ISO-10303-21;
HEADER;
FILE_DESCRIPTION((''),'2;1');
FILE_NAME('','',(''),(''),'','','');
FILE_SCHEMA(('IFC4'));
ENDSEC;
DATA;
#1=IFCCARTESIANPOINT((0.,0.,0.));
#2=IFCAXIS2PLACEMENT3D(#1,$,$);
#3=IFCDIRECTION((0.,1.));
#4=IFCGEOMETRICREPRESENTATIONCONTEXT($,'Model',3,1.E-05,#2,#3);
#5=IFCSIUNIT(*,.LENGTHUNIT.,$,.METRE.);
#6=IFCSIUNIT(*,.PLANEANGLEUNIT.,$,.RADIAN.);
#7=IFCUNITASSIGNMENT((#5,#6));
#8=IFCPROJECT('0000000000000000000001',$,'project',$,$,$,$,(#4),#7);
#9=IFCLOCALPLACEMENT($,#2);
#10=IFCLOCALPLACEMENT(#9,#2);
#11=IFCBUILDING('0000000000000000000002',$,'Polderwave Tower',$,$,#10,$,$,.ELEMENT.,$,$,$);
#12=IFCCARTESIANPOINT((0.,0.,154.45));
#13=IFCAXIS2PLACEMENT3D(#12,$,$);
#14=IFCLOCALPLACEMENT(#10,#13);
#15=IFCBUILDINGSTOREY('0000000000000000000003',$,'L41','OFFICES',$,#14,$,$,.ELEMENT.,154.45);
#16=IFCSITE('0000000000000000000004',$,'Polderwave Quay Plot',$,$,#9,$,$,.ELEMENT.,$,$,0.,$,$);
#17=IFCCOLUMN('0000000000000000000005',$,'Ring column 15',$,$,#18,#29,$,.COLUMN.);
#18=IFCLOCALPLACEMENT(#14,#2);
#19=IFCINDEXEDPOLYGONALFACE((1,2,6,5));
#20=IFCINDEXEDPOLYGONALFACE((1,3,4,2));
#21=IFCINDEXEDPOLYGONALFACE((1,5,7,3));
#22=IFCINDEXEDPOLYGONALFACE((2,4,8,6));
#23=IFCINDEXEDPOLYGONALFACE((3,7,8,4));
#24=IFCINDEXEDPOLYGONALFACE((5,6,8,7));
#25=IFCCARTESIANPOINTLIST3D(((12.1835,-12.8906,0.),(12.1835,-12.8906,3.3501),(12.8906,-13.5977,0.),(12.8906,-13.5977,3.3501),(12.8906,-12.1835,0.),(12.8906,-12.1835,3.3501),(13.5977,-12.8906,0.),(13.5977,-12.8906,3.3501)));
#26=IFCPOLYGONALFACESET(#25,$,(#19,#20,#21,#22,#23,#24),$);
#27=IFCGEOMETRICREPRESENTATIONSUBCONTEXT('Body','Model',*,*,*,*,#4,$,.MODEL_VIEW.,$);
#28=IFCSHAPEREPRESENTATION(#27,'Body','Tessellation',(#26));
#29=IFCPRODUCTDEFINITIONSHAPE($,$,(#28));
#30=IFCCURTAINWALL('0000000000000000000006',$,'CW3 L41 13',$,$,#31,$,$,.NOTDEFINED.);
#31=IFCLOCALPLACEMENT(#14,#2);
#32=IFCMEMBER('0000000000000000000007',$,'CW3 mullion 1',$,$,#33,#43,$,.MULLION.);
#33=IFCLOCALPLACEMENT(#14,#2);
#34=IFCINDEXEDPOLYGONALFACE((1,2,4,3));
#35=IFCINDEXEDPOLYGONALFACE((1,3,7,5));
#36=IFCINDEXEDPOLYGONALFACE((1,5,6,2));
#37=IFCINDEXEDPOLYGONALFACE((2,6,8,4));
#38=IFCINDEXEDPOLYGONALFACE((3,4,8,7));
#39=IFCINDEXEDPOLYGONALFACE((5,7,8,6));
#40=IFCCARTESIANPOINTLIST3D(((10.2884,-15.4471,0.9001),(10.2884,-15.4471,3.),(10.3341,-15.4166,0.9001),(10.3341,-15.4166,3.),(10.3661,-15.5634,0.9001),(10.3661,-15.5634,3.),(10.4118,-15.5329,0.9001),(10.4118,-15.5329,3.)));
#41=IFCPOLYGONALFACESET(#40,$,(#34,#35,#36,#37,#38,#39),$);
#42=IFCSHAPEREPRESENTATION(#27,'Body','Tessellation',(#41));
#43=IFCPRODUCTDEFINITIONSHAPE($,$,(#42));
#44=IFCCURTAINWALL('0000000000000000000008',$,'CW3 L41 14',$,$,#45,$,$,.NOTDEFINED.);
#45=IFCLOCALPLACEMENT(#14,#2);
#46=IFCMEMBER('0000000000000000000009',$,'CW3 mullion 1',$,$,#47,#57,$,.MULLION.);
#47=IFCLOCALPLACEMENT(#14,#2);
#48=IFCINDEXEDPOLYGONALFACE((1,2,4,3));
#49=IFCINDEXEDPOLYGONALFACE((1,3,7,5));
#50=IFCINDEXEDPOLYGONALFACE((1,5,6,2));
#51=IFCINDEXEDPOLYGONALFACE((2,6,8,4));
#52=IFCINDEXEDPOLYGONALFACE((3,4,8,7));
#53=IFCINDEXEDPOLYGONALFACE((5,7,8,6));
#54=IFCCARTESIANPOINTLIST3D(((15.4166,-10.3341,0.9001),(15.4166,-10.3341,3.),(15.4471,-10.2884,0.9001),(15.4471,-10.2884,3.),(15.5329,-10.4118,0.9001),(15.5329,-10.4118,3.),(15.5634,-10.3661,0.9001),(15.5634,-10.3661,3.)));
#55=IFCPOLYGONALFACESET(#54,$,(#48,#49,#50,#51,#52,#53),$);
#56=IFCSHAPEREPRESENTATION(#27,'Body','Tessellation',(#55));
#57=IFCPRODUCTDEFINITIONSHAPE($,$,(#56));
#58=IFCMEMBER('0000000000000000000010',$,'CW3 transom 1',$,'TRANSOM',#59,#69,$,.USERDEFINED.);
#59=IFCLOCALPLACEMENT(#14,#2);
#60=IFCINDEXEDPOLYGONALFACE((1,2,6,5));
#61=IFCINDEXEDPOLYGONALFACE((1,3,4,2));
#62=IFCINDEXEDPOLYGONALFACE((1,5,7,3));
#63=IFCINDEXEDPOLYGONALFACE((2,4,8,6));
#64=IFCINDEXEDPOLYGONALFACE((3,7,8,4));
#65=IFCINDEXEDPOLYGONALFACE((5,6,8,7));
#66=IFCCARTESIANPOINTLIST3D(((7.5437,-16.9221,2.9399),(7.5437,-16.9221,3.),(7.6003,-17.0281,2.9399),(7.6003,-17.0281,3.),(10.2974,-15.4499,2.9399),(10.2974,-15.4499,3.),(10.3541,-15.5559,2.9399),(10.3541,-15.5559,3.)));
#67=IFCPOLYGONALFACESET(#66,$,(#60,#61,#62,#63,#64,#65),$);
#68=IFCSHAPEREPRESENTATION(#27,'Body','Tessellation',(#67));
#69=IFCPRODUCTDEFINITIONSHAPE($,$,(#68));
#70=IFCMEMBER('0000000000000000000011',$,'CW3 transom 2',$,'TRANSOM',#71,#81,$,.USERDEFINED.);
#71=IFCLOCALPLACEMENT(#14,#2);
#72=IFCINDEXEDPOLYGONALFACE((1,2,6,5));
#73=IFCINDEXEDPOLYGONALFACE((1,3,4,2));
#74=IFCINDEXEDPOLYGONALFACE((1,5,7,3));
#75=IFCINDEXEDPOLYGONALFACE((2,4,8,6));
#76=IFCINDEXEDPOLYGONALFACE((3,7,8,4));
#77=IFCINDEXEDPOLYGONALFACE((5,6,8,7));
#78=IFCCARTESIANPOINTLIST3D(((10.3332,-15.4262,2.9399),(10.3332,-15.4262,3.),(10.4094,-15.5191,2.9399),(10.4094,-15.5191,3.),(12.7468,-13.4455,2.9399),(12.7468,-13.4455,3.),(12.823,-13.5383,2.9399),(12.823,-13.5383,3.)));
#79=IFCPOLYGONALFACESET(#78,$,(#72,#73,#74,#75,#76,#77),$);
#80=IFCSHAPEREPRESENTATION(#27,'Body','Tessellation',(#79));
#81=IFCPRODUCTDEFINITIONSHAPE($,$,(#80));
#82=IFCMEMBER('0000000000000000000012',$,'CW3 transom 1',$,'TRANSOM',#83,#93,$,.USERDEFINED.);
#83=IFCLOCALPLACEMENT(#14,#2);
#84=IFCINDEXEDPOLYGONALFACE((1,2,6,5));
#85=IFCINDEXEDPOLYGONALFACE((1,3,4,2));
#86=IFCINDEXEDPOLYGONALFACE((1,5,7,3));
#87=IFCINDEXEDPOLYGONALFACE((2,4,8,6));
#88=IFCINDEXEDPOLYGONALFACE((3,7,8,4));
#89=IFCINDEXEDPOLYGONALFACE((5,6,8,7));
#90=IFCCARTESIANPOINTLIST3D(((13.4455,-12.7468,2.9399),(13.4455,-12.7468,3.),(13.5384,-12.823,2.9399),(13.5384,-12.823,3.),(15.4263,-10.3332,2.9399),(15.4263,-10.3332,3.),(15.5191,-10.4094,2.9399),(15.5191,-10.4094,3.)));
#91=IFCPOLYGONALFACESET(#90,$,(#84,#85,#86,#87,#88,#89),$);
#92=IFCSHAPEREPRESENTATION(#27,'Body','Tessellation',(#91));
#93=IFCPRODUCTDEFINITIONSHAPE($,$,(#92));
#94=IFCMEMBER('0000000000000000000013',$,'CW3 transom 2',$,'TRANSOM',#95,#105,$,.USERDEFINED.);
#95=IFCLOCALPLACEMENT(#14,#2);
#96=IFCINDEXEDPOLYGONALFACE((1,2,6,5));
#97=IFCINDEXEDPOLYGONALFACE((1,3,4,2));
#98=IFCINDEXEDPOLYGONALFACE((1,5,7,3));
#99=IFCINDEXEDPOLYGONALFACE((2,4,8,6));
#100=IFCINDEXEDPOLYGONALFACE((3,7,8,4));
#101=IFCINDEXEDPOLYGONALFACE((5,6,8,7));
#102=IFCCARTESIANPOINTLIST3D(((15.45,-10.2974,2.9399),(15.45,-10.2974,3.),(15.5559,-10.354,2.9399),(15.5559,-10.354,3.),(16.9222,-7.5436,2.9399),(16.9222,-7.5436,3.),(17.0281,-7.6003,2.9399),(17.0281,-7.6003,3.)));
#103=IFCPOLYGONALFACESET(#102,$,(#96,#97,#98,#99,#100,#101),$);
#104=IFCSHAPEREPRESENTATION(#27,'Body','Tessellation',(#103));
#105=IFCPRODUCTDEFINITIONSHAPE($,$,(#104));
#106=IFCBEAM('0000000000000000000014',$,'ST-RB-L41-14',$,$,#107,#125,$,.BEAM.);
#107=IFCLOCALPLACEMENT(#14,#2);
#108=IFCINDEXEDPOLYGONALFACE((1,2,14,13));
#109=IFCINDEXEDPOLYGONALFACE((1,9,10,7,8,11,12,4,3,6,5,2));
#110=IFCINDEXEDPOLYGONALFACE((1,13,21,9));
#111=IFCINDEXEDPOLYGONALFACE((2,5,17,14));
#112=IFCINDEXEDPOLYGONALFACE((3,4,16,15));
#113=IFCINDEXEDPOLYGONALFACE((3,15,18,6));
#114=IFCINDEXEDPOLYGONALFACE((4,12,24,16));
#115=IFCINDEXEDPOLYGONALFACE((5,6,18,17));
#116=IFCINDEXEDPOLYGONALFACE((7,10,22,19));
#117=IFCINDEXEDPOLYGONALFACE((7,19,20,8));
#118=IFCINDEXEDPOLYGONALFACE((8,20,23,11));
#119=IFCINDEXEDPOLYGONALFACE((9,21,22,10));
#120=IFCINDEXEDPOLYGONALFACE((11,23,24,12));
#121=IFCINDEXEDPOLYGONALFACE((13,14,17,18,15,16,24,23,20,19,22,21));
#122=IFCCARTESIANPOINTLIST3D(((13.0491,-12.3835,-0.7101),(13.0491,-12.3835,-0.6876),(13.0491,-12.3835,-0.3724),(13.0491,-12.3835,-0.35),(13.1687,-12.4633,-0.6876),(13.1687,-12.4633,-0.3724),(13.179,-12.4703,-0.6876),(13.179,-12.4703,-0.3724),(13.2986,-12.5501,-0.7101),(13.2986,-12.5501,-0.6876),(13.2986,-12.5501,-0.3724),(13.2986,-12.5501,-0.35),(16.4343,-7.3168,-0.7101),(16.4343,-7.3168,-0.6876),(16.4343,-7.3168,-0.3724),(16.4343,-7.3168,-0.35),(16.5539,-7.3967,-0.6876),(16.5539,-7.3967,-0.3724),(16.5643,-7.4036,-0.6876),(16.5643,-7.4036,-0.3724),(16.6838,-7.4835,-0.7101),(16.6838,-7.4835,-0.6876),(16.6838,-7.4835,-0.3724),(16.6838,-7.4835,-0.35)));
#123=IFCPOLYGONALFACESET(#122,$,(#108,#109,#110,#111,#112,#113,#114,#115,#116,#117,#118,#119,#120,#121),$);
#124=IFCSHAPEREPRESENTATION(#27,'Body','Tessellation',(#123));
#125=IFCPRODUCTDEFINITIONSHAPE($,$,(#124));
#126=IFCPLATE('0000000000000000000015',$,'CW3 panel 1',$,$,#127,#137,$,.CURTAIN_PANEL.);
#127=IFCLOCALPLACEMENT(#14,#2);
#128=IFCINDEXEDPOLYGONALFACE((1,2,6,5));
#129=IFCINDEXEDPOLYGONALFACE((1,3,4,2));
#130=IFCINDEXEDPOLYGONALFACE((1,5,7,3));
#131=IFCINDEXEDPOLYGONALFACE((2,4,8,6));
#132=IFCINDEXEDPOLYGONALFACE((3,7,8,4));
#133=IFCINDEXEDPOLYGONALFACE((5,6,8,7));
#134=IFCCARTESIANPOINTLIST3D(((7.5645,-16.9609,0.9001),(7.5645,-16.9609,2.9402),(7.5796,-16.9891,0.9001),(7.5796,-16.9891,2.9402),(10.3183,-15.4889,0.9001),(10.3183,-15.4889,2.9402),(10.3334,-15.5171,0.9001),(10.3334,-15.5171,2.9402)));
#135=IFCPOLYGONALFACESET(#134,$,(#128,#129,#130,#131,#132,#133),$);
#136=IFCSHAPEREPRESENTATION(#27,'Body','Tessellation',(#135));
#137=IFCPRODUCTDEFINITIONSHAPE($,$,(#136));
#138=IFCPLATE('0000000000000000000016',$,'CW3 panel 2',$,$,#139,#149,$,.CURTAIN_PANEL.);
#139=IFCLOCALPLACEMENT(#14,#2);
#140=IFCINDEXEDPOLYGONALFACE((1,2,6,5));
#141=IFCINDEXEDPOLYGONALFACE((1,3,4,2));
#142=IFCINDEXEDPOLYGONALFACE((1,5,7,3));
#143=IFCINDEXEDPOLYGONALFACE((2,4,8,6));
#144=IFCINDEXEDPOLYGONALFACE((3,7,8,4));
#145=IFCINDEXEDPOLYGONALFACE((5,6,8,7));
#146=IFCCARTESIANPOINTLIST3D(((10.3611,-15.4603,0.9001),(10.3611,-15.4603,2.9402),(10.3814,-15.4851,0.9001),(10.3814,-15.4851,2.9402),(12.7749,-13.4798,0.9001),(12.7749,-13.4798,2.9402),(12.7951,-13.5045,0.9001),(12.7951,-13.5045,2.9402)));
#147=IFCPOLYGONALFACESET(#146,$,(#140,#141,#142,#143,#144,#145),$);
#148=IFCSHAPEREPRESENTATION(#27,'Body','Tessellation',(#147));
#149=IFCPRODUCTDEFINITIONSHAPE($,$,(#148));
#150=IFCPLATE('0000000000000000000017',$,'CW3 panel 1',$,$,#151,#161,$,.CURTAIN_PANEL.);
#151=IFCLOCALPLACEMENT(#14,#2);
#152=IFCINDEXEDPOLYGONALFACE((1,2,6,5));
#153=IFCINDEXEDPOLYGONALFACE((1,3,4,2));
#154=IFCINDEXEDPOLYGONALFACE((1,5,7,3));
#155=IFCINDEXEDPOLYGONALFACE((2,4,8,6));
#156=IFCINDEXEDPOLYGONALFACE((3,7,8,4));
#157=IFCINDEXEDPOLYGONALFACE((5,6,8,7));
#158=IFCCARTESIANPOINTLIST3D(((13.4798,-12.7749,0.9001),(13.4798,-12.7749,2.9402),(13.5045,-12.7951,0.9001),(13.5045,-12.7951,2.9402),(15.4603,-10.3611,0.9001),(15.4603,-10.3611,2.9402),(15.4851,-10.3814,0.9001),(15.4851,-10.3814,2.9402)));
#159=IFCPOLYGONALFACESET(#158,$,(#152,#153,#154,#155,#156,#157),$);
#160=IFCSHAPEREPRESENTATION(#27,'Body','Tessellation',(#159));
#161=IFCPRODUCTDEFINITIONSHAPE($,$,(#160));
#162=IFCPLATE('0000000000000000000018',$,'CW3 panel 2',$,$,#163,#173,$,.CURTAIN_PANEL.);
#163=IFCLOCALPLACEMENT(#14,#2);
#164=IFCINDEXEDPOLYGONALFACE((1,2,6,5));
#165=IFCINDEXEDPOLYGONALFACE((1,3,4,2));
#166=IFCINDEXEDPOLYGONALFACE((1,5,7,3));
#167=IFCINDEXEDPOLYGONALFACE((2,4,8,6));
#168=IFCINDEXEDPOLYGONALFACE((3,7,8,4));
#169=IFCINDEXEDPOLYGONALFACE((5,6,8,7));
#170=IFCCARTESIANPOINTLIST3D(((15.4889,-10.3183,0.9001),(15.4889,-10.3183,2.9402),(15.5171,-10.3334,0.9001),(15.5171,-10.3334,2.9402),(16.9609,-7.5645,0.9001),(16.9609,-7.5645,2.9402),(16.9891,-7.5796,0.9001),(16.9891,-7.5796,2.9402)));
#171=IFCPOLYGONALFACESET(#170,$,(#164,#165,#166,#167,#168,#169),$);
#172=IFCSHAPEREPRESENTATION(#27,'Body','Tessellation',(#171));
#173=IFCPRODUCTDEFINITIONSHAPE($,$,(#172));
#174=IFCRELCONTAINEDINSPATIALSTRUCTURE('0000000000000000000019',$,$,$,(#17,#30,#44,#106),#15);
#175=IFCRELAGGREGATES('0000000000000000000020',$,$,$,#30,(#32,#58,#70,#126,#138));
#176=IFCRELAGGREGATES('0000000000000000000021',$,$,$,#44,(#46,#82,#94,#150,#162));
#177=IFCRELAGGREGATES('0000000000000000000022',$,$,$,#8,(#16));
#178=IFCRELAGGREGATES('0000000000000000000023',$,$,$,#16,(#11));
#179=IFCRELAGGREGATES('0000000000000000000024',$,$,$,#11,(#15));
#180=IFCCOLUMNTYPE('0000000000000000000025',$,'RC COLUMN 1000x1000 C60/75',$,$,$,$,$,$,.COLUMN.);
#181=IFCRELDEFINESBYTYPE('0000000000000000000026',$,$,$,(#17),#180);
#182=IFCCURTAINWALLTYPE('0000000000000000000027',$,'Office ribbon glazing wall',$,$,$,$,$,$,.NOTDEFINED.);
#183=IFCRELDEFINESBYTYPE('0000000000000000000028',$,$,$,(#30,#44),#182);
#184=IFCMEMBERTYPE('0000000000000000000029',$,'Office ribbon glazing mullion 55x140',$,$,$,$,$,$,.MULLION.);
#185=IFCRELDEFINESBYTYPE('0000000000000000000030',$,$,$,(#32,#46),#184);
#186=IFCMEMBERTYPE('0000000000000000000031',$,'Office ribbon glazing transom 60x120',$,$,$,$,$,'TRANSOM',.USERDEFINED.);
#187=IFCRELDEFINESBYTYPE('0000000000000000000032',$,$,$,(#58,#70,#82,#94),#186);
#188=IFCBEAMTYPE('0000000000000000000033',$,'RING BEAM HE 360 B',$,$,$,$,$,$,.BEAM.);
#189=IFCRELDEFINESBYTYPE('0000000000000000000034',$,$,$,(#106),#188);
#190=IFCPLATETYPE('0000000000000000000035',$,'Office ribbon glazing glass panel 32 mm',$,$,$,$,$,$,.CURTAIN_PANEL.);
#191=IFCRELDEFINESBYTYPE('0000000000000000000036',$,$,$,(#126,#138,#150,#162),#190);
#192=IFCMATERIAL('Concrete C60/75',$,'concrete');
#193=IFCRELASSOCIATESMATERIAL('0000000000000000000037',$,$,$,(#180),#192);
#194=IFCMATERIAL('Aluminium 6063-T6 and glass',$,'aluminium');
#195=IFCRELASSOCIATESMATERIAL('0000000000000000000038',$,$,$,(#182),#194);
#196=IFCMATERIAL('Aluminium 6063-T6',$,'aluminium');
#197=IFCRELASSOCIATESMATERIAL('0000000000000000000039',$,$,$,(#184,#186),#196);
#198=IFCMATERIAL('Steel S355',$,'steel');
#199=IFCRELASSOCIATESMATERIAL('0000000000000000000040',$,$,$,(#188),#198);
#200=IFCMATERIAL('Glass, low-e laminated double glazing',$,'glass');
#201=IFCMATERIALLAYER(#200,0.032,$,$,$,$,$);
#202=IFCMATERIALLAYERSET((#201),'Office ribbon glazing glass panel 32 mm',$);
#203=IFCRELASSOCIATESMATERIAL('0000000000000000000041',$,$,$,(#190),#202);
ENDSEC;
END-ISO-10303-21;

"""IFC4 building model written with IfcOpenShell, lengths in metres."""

from ifc_helpers import new_model, si_unit, direction, frame, origin, origin_2d, place, context, subcontext, project, spatial, rectangle, i_section, extrude, material, layer, layer_set, material_profile, profile_set, type_object, element, aggregate, save


model = new_model("IFC4")

# Units and contexts
model_context = context("Model", 3, precision=1e-05, world=origin(), true_north=direction((0.0, 1.0)))
body_context = subcontext(model_context, "Body", "Model", "MODEL_VIEW")
ifc_project = project(units=[si_unit("LENGTHUNIT", "METRE"), si_unit("PLANEANGLEUNIT", "RADIAN")], contexts=[model_context])

# Site, building, storey
site_placement = place(None, origin())
site = spatial("IfcSite", under=ifc_project, at=site_placement, Name="Polderwave Quay Plot", CompositionType="ELEMENT", RefElevation=0.0)
building_placement = place(site_placement, origin())
building = spatial("IfcBuilding", under=site, at=building_placement, Name="Polderwave Tower", CompositionType="ELEMENT")
storey_placement = place(building_placement, frame((0.0, 0.0, 154.45)))
storey = spatial("IfcBuildingStorey", under=building, at=storey_placement, Name="L41", Description="OFFICES", CompositionType="ELEMENT", Elevation=154.45)

# Column
ifc_material_1 = material(Name="Concrete C60/75", Category="concrete")
ifc_material_profile_1 = material_profile(ifc_material_1, rectangle(XDim=1.0, YDim=1.0, at=origin_2d()), Name="RC 1000x1000")
ifc_profile_set_1 = profile_set([ifc_material_profile_1], Name="Concrete C60/75")
column_type = type_object("IfcColumnType", Name="RC COLUMN 1000x1000 C60/75", PredefinedType="COLUMN", material=ifc_profile_set_1)
column_placement = place(storey_placement, frame((12.8906, -12.8906, 0.0), z_axis=(0.0, 0.0, 1.0), x_axis=(0.707107, -0.707107, 0.0)))
element("IfcColumn", 1, at=column_placement, inside=storey, type_object=column_type, Name="Ring column 15", PredefinedType="COLUMN", context=body_context, shape_type="SweptSolid", body=[
    extrude(rectangle(XDim=1.0, YDim=1.0, at=origin_2d()), origin(), (0.0, 0.0, 1.0), 3.3501),
])

# Curtain walls, members
ifc_material_2 = material(Name="Aluminium 6063-T6 and glass", Category="aluminium")
curtain_wall_type = type_object("IfcCurtainWallType", Name="Office ribbon glazing wall", PredefinedType="NOTDEFINED", material=ifc_material_2)
curtain_wall_1_placement = place(storey_placement, origin())
curtain_wall_1 = element("IfcCurtainWall", 2, at=curtain_wall_1_placement, inside=storey, type_object=curtain_wall_type, Name="CW3 L41 13", PredefinedType="NOTDEFINED")
ifc_material_3 = material(Name="Aluminium 6063-T6", Category="aluminium")
ifc_material_profile_2 = material_profile(ifc_material_3, rectangle(XDim=0.1399, YDim=0.0549, at=origin_2d()), Name="AL 55x140")
ifc_profile_set_2 = profile_set([ifc_material_profile_2], Name="Aluminium 6063-T6")
member_type_1 = type_object("IfcMemberType", Name="Office ribbon glazing mullion 55x140", PredefinedType="MULLION", material=ifc_profile_set_2)
member_1_placement = place(storey_placement, frame((10.3501, -15.49, 0.9001), z_axis=(0.0, 0.0, 1.0), x_axis=(-0.555548, 0.831484, 0.0)))
member_1 = element("IfcMember", 3, at=member_1_placement, type_object=member_type_1, Name="CW3 mullion 1", PredefinedType="MULLION", context=body_context, shape_type="SweptSolid", body=[
    extrude(rectangle(XDim=0.1399, YDim=0.0549, at=origin_2d()), origin(), (0.0, 0.0, 1.0), 2.0999),
])
curtain_wall_2_placement = place(storey_placement, origin())
curtain_wall_2 = element("IfcCurtainWall", 4, at=curtain_wall_2_placement, inside=storey, type_object=curtain_wall_type, Name="CW3 L41 14", PredefinedType="NOTDEFINED")
member_2_placement = place(storey_placement, frame((15.49, -10.3501, 0.9001), z_axis=(0.0, 0.0, 1.0), x_axis=(-0.831484, 0.555548, 0.0)))
member_2 = element("IfcMember", 5, at=member_2_placement, type_object=member_type_1, Name="CW3 mullion 1", PredefinedType="MULLION", context=body_context, shape_type="SweptSolid", body=[
    extrude(rectangle(XDim=0.1399, YDim=0.0549, at=origin_2d()), origin(), (0.0, 0.0, 1.0), 2.0999),
])

# Members
ifc_material_profile_3 = material_profile(ifc_material_3, rectangle(XDim=0.1201, YDim=0.0601, at=origin_2d()), Name="AL 60x120")
ifc_profile_set_3 = profile_set([ifc_material_profile_3], Name="Aluminium 6063-T6")
member_type_2 = type_object("IfcMemberType", Name="Office ribbon glazing transom 60x120", ElementType="TRANSOM", PredefinedType="USERDEFINED", material=ifc_profile_set_3)
member_3_placement = place(storey_placement, frame((7.572, -16.9751, 2.97), z_axis=(0.881881, 0.471473, 0.0), x_axis=(-0.471473, 0.881881, 0.0)))
member_3 = element("IfcMember", 6, at=member_3_placement, type_object=member_type_2, Name="CW3 transom 1", ObjectType="TRANSOM", PredefinedType="USERDEFINED", context=body_context, shape_type="SweptSolid", body=[
    extrude(rectangle(XDim=0.1201, YDim=0.0601, at=origin_2d()), origin(), (0.0, 0.0, 1.0), 3.1226),
])
member_4_placement = place(storey_placement, frame((10.3713, -15.4727, 2.97), z_axis=(0.773019, 0.634383, 0.0), x_axis=(-0.634383, 0.773019, 0.0)))
member_4 = element("IfcMember", 7, at=member_4_placement, type_object=member_type_2, Name="CW3 transom 2", ObjectType="TRANSOM", PredefinedType="USERDEFINED", context=body_context, shape_type="SweptSolid", body=[
    extrude(rectangle(XDim=0.1201, YDim=0.0601, at=origin_2d()), origin(), (0.0, 0.0, 1.0), 3.1223),
])
member_5_placement = place(storey_placement, frame((13.4919, -12.7849, 2.97), z_axis=(0.634383, 0.773019, 0.0), x_axis=(-0.773019, 0.634383, 0.0)))
member_5 = element("IfcMember", 8, at=member_5_placement, type_object=member_type_2, Name="CW3 transom 1", ObjectType="TRANSOM", PredefinedType="USERDEFINED", context=body_context, shape_type="SweptSolid", body=[
    extrude(rectangle(XDim=0.1201, YDim=0.0601, at=origin_2d()), origin(), (0.0, 0.0, 1.0), 3.1223),
])
member_6_placement = place(storey_placement, frame((15.5029, -10.3257, 2.97), z_axis=(0.471473, 0.881881, 0.0), x_axis=(-0.881881, 0.471473, 0.0)))
member_6 = element("IfcMember", 9, at=member_6_placement, type_object=member_type_2, Name="CW3 transom 2", ObjectType="TRANSOM", PredefinedType="USERDEFINED", context=body_context, shape_type="SweptSolid", body=[
    extrude(rectangle(XDim=0.1201, YDim=0.0601, at=origin_2d()), origin(), (0.0, 0.0, 1.0), 3.1226),
])

# Beam
ifc_material_4 = material(Name="Steel S355", Category="steel")
ifc_material_profile_4 = material_profile(ifc_material_4, i_section(OverallWidth=0.3, OverallDepth=0.3601, WebThickness=0.0125, FlangeThickness=0.0225, at=origin_2d()), Name="HE 360 B")
ifc_profile_set_4 = profile_set([ifc_material_profile_4], Name="Steel S355")
beam_type = type_object("IfcBeamType", Name="RING BEAM HE 360 B", PredefinedType="BEAM", material=ifc_profile_set_4)
beam_placement = place(storey_placement, frame((13.1738, -12.4668, -0.53), z_axis=(0.555551, 0.831483, 0.0), x_axis=(-0.831483, 0.555551, 0.0)))
element("IfcBeam", 10, at=beam_placement, inside=storey, type_object=beam_type, Name="ST-RB-L41-14", PredefinedType="BEAM", context=body_context, shape_type="SweptSolid", body=[
    extrude(i_section(OverallWidth=0.3, OverallDepth=0.3601, WebThickness=0.0125, FlangeThickness=0.0225, at=origin_2d()), origin(), (0.0, 0.0, 1.0), 6.0935),
])

# Plates
ifc_material_5 = material(Name="Glass, low-e laminated double glazing", Category="glass")
ifc_layer_1 = layer(ifc_material_5, 0.032)
ifc_layer_set_1 = layer_set([ifc_layer_1], Name="Office ribbon glazing glass panel 32 mm")
plate_type = type_object("IfcPlateType", Name="Office ribbon glazing glass panel 32 mm", PredefinedType="CURTAIN_PANEL", material=ifc_layer_set_1)
plate_1_placement = place(storey_placement, frame((8.949, -16.239, 0.9001), z_axis=(0.0, 0.0, 1.0), x_axis=(0.881904, 0.471429, 0.0)))
plate_1 = element("IfcPlate", 11, at=plate_1_placement, type_object=plate_type, Name="CW3 panel 1", PredefinedType="CURTAIN_PANEL", context=body_context, shape_type="SweptSolid", body=[
    extrude(rectangle(XDim=3.1226, YDim=0.032, at=origin_2d()), origin(), (0.0, 0.0, 1.0), 2.04),
])
plate_2_placement = place(storey_placement, frame((11.5781, -14.4824, 0.9001), z_axis=(0.0, 0.0, 1.0), x_axis=(0.773066, 0.634326, 0.0)))
plate_2 = element("IfcPlate", 12, at=plate_2_placement, type_object=plate_type, Name="CW3 panel 2", PredefinedType="CURTAIN_PANEL", context=body_context, shape_type="SweptSolid", body=[
    extrude(rectangle(XDim=3.1223, YDim=0.032, at=origin_2d()), origin(), (0.0, 0.0, 1.0), 2.04),
])
aggregate(curtain_wall_1, [member_1, member_3, member_4, plate_1, plate_2])
plate_3_placement = place(storey_placement, frame((14.4824, -11.5781, 0.9001), z_axis=(0.0, 0.0, 1.0), x_axis=(0.634326, 0.773066, 0.0)))
plate_3 = element("IfcPlate", 13, at=plate_3_placement, type_object=plate_type, Name="CW3 panel 1", PredefinedType="CURTAIN_PANEL", context=body_context, shape_type="SweptSolid", body=[
    extrude(rectangle(XDim=3.1223, YDim=0.032, at=origin_2d()), origin(), (0.0, 0.0, 1.0), 2.04),
])
plate_4_placement = place(storey_placement, frame((16.239, -8.949, 0.9001), z_axis=(0.0, 0.0, 1.0), x_axis=(0.471429, 0.881904, 0.0)))
plate_4 = element("IfcPlate", 14, at=plate_4_placement, type_object=plate_type, Name="CW3 panel 2", PredefinedType="CURTAIN_PANEL", context=body_context, shape_type="SweptSolid", body=[
    extrude(rectangle(XDim=3.1226, YDim=0.032, at=origin_2d()), origin(), (0.0, 0.0, 1.0), 2.04),
])
aggregate(curtain_wall_2, [member_2, member_5, member_6, plate_3, plate_4])

save(model, "model.ifc")
